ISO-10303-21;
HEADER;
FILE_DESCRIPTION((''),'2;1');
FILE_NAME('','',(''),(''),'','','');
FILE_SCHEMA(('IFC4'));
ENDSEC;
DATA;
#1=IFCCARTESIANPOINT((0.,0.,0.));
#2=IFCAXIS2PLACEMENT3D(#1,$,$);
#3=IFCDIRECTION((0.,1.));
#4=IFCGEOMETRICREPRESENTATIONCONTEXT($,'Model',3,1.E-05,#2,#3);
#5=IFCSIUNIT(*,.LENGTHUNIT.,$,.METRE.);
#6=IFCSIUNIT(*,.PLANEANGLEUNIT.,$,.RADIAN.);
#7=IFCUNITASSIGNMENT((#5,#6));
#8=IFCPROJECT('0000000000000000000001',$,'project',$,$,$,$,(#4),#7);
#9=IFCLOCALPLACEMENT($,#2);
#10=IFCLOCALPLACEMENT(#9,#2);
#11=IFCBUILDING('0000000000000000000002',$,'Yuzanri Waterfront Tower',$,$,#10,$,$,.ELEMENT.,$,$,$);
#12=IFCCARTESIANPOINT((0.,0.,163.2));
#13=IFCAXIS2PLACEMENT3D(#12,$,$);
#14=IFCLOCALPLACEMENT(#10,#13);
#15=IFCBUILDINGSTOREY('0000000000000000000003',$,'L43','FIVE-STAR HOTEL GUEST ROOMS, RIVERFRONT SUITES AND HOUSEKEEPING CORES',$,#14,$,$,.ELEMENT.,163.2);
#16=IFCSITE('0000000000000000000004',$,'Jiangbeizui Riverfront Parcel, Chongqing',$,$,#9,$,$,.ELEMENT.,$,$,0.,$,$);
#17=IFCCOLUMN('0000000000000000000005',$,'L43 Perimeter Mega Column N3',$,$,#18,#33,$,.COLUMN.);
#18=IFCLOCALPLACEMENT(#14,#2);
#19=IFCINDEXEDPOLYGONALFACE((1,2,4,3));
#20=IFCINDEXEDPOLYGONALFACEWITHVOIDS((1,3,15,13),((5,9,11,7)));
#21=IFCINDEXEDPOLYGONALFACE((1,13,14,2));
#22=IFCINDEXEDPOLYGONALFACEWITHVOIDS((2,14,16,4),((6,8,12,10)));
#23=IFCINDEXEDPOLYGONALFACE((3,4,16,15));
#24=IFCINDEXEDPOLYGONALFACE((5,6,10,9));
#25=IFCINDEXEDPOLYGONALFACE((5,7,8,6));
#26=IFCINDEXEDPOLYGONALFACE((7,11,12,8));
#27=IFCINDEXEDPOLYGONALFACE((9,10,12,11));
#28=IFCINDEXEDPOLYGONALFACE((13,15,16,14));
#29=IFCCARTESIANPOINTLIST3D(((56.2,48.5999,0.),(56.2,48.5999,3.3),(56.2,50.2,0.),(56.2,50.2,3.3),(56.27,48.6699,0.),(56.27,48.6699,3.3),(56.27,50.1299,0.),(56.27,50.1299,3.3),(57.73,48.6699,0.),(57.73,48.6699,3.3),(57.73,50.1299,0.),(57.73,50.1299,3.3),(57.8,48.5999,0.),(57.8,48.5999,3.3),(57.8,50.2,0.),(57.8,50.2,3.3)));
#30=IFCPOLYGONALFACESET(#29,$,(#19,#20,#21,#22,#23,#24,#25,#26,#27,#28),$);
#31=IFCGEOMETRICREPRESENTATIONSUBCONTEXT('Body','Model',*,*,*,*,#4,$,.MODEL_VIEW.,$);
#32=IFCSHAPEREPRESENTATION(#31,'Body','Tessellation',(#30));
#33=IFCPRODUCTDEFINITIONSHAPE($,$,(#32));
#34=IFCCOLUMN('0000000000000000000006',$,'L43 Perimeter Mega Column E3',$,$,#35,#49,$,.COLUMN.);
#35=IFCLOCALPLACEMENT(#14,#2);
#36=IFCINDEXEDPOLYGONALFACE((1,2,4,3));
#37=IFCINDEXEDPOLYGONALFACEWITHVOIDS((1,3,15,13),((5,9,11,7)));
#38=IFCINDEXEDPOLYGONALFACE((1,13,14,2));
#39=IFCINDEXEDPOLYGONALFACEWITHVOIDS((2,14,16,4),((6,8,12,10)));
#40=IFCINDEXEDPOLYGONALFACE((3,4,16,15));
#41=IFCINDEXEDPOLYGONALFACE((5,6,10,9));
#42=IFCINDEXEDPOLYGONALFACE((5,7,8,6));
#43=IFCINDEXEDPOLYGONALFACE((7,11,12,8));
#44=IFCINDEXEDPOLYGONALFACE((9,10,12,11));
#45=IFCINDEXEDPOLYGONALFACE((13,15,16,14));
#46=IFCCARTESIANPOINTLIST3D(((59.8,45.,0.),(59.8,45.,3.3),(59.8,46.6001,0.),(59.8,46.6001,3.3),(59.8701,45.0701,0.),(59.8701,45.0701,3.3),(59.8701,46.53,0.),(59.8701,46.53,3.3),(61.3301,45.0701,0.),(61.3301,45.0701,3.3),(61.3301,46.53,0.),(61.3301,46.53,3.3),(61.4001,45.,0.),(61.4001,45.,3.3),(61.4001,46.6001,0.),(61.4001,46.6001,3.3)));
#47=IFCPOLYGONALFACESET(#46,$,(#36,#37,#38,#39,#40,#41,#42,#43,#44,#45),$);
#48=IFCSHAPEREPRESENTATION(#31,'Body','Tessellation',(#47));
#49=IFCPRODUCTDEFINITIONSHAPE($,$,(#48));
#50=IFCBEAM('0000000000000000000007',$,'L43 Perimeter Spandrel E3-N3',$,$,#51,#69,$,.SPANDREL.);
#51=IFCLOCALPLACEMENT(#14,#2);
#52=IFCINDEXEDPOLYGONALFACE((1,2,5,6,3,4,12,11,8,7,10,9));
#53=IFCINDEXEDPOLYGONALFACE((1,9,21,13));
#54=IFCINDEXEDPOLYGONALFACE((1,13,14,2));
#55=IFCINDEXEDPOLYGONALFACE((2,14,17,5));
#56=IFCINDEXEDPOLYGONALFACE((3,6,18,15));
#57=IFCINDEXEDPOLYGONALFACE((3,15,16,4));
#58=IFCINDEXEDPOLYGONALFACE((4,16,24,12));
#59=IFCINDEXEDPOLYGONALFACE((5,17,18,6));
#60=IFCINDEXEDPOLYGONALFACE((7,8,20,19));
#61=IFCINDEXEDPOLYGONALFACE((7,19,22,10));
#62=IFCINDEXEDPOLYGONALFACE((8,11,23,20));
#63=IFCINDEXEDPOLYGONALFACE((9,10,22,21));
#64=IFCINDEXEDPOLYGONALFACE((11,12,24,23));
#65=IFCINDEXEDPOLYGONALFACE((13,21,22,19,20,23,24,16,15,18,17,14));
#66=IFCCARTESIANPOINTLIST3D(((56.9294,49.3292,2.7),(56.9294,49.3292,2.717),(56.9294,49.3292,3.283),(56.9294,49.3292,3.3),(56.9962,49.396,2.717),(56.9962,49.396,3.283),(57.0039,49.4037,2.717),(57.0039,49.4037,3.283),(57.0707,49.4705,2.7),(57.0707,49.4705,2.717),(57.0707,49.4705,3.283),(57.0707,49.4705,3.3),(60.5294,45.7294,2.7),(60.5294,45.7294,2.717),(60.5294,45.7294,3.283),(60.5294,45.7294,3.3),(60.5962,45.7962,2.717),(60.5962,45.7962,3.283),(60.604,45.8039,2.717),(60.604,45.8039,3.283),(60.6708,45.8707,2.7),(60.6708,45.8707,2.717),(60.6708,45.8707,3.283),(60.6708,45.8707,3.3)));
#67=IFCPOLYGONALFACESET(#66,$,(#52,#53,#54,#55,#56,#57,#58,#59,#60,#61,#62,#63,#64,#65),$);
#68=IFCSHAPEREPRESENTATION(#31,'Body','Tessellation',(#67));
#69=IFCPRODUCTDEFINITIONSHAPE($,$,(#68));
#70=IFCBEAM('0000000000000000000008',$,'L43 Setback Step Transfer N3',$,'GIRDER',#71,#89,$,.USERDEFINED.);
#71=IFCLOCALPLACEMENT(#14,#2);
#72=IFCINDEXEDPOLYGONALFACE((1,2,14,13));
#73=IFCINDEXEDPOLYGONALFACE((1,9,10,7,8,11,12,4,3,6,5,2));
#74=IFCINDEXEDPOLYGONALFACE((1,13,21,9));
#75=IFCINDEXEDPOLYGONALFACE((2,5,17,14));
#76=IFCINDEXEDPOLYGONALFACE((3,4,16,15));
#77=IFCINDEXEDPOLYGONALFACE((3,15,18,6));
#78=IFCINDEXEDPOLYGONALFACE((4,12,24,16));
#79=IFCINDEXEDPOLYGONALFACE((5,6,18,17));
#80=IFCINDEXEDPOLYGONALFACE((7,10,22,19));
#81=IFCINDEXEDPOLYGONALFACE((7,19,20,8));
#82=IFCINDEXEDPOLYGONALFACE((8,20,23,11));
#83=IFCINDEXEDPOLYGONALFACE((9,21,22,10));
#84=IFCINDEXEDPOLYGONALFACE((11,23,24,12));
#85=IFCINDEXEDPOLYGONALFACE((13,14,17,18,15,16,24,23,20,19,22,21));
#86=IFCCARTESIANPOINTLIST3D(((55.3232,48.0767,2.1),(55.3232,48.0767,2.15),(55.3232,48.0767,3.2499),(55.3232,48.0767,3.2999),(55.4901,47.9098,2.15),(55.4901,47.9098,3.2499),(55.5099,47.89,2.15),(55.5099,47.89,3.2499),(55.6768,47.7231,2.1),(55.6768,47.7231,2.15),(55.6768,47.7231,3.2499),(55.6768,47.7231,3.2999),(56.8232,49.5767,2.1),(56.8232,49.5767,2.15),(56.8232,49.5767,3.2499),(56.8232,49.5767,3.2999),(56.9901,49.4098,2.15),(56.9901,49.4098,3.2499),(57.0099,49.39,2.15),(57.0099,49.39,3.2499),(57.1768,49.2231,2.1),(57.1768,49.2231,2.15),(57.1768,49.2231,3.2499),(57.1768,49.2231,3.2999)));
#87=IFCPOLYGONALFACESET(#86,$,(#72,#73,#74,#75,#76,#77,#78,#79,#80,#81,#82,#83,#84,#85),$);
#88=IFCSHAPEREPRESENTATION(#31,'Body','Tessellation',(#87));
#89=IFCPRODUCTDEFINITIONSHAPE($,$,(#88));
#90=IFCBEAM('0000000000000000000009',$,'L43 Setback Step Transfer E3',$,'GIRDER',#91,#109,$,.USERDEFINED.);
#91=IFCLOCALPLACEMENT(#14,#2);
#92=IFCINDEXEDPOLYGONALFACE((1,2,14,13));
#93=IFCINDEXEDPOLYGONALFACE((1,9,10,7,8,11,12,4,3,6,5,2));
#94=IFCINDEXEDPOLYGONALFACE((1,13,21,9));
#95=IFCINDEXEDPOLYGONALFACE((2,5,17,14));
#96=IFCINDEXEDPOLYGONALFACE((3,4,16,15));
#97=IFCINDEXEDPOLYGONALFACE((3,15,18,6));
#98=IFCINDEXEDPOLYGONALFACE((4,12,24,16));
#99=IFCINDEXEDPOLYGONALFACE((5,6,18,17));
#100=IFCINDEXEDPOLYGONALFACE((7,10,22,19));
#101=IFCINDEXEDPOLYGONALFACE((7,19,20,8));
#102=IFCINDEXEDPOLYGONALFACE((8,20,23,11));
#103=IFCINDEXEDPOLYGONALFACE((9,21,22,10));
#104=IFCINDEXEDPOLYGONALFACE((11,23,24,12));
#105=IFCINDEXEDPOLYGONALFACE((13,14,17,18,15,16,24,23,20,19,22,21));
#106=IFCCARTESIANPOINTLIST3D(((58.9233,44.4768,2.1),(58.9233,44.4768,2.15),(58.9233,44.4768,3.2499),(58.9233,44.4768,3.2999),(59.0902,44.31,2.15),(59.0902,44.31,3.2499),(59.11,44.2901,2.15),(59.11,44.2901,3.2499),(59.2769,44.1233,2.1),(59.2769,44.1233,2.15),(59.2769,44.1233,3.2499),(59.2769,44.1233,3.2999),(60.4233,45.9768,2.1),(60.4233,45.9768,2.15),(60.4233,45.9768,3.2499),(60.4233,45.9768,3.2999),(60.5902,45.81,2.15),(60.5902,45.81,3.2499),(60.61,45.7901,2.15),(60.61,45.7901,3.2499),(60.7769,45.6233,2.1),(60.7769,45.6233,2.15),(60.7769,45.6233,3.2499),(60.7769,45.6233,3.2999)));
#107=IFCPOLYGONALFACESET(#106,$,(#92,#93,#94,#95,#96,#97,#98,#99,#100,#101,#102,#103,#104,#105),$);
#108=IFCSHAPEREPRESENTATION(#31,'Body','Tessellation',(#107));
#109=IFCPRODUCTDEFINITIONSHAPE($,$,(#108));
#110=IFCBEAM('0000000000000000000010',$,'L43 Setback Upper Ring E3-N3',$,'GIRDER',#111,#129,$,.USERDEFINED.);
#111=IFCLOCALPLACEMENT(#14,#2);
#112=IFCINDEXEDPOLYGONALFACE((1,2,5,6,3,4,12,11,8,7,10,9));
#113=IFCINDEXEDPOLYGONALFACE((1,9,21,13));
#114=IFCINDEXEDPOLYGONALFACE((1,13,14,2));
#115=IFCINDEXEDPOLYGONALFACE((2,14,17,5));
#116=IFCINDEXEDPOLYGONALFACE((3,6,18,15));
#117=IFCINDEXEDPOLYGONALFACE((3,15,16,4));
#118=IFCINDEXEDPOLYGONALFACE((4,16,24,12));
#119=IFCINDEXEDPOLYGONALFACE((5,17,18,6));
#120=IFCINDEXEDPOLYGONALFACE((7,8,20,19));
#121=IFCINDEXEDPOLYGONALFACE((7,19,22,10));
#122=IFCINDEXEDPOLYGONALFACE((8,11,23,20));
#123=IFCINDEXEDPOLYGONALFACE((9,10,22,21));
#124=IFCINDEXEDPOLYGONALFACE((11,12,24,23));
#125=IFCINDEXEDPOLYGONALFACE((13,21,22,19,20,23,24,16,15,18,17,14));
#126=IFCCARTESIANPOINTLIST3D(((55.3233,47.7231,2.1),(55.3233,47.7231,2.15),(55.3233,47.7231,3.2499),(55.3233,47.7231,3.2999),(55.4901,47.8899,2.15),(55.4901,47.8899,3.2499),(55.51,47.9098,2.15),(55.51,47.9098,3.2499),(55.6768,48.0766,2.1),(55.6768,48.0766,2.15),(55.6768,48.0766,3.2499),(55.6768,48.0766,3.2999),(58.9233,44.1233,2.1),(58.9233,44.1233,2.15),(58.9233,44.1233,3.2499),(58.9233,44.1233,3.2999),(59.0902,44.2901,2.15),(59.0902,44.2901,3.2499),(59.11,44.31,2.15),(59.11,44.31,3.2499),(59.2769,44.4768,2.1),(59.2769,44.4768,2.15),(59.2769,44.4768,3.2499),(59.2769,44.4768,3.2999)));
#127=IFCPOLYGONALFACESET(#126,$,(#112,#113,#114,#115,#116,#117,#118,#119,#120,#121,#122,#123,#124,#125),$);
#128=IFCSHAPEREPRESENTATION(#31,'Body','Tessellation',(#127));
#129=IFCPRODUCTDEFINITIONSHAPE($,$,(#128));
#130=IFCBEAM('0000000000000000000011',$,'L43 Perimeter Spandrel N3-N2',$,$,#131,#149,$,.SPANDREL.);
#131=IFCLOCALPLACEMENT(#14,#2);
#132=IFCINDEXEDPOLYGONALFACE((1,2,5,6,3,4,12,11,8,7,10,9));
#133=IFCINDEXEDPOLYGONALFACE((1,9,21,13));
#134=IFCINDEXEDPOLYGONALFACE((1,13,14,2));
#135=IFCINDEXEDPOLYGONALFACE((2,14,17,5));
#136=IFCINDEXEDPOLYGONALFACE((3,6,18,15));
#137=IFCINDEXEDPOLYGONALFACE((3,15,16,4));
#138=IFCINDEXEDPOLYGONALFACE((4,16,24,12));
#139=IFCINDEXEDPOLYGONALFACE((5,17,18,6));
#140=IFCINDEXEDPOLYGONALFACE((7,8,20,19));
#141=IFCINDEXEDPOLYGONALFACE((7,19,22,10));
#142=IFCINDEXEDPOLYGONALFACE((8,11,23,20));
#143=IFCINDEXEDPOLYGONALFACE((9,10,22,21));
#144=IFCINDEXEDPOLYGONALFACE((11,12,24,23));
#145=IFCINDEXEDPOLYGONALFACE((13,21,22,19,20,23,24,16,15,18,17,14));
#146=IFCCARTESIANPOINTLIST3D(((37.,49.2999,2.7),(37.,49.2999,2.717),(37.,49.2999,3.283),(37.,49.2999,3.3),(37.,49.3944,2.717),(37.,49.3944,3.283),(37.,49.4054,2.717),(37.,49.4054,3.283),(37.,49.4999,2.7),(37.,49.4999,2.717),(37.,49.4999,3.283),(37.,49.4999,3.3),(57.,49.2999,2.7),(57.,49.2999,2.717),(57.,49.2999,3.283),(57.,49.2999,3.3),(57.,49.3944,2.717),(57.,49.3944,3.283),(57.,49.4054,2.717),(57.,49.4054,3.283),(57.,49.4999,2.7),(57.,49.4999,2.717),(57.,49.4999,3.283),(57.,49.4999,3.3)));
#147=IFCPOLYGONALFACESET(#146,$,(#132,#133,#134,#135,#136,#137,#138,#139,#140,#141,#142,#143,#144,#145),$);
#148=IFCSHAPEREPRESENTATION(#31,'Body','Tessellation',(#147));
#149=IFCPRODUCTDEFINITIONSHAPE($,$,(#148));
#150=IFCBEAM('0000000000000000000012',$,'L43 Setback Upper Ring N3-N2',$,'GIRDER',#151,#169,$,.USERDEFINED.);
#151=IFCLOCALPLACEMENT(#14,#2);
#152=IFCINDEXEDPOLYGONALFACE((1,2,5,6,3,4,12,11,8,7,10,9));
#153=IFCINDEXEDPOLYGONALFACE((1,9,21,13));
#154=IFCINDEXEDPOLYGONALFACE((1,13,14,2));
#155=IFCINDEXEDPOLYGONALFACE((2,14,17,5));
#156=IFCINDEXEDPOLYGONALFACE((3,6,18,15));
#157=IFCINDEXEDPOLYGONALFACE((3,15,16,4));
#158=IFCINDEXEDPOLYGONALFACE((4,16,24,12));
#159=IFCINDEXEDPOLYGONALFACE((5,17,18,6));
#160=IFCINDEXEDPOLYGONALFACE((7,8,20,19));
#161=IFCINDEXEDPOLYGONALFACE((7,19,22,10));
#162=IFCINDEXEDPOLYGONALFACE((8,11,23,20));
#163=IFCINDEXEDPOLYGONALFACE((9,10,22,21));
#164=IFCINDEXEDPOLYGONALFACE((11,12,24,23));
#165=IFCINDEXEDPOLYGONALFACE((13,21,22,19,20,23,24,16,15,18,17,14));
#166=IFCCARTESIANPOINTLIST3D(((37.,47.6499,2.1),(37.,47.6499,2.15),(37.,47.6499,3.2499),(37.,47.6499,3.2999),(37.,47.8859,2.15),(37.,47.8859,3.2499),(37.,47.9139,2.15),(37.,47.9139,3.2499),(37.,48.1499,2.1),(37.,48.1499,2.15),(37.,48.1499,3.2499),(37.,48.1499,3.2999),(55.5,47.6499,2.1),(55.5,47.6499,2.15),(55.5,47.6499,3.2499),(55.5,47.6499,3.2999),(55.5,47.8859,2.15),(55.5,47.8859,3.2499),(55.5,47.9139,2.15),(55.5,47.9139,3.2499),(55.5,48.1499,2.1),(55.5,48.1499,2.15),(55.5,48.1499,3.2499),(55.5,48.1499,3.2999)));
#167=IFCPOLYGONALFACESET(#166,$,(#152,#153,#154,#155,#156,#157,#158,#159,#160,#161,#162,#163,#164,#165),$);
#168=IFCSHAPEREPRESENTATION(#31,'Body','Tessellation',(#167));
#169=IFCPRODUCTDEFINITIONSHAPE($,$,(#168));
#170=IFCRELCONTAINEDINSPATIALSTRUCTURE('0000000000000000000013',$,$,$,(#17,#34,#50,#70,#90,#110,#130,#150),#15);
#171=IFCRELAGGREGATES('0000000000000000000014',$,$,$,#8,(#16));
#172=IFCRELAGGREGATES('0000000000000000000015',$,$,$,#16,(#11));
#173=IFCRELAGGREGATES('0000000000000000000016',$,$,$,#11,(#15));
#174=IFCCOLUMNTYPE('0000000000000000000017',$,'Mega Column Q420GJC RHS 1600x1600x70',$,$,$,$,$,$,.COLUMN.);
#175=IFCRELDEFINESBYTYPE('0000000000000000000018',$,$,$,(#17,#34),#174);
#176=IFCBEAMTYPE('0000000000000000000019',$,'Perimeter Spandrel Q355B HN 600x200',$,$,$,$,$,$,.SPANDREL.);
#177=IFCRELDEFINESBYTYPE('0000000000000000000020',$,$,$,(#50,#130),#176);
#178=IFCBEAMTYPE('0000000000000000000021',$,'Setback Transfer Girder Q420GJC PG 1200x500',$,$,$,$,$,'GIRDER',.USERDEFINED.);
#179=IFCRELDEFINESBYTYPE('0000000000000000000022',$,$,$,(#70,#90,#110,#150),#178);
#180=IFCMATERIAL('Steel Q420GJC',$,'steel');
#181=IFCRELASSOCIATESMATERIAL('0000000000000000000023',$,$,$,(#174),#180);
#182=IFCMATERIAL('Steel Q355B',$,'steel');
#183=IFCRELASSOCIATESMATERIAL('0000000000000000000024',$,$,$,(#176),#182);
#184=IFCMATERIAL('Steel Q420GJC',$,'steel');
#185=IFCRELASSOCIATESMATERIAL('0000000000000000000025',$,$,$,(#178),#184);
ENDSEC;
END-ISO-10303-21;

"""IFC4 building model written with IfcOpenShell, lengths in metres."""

from ifc_helpers import new_model, si_unit, direction, frame, origin, origin_2d, place, context, subcontext, project, spatial, hollow_rectangle, i_section, extrude, source, transform, mapped, material, material_profile, profile_set, type_object, element, save


model = new_model("IFC4")

# Units and contexts
model_context = context("Model", 3, precision=1e-05, world=origin(), true_north=direction((0.0, 1.0)))
body_context = subcontext(model_context, "Body", "Model", "MODEL_VIEW")
ifc_project = project(units=[si_unit("LENGTHUNIT", "METRE"), si_unit("PLANEANGLEUNIT", "RADIAN")], contexts=[model_context])

# Site, building, storey
site_placement = place(None, origin())
site = spatial("IfcSite", under=ifc_project, at=site_placement, Name="Jiangbeizui Riverfront Parcel, Chongqing", CompositionType="ELEMENT", RefElevation=0.0)
building_placement = place(site_placement, origin())
building = spatial("IfcBuilding", under=site, at=building_placement, Name="Yuzanri Waterfront Tower", CompositionType="ELEMENT")
storey_placement = place(building_placement, frame((0.0, 0.0, 163.2)))
storey = spatial("IfcBuildingStorey", under=building, at=storey_placement, Name="L43", Description="FIVE-STAR HOTEL GUEST ROOMS, RIVERFRONT SUITES AND HOUSEKEEPING CORES", CompositionType="ELEMENT", Elevation=163.2)

# Columns
ifc_material_1 = material(Name="Steel Q420GJC", Category="steel")
ifc_material_profile_1 = material_profile(ifc_material_1, hollow_rectangle(XDim=1.6001, YDim=1.6001, WallThickness=0.0701, at=origin_2d()), Name="RHS 1600x1600x70")
ifc_profile_set_1 = profile_set([ifc_material_profile_1], Name="Steel Q420GJC")
column_type = type_object("IfcColumnType", Name="Mega Column Q420GJC RHS 1600x1600x70", PredefinedType="COLUMN", material=ifc_profile_set_1)
shared_shape_1 = source(origin(), body_context, "Body", "SweptSolid", [
    extrude(hollow_rectangle(XDim=1.6001, YDim=1.6001, WallThickness=0.0701, at=origin_2d()), origin(), (0.0, 0.0, 1.0), 3.3),
])
for number, where, z_axis, x_axis, name in (
    (1, (57.0, 49.3999, 0.0), (0.0, 0.0, 1.0), (1.0, 0.0, 0.0), "L43 Perimeter Mega Column N3"),
    (2, (60.6001, 45.8, 0.0), (0.0, 0.0, 1.0), (1.0, 0.0, 0.0), "L43 Perimeter Mega Column E3"),
):
    element("IfcColumn", number, at=place(storey_placement, frame(where, z_axis=z_axis, x_axis=x_axis)), inside=storey, type_object=column_type, Name=name, PredefinedType="COLUMN", context=body_context, shape_type="MappedRepresentation", body=[
        mapped(shared_shape_1, transform((0.0, 0.0, 0.0), scale=1.0)),
    ])

# Beams
ifc_material_2 = material(Name="Steel Q355B", Category="steel")
ifc_material_profile_2 = material_profile(ifc_material_2, i_section(OverallWidth=0.2, OverallDepth=0.6001, WebThickness=0.011, FlangeThickness=0.0171, at=origin_2d()), Name="HN 600x200x11x17")
ifc_profile_set_2 = profile_set([ifc_material_profile_2], Name="Steel Q355B")
beam_type_1 = type_object("IfcBeamType", Name="Perimeter Spandrel Q355B HN 600x200", PredefinedType="SPANDREL", material=ifc_profile_set_2)
shared_shape_2 = source(origin(), body_context, "Body", "SweptSolid", [
    extrude(i_section(OverallWidth=0.2, OverallDepth=0.6001, WebThickness=0.011, FlangeThickness=0.0171, at=origin_2d()), origin(), (0.0, 0.0, 1.0), 5.0911),
])
beam_1_placement = place(storey_placement, frame((60.6001, 45.8, 3.0), z_axis=(-0.707131, 0.707083, 0.0), x_axis=(-0.707083, -0.707131, 0.0)))
element("IfcBeam", 3, at=beam_1_placement, inside=storey, type_object=beam_type_1, Name="L43 Perimeter Spandrel E3-N3", PredefinedType="SPANDREL", context=body_context, shape_type="MappedRepresentation", body=[
    mapped(shared_shape_2, transform((0.0, 0.0, 0.0), scale=1.0)),
])
ifc_material_3 = material(Name="Steel Q420GJC", Category="steel")
ifc_material_profile_3 = material_profile(ifc_material_3, i_section(OverallWidth=0.5, OverallDepth=1.2, WebThickness=0.0281, FlangeThickness=0.05, at=origin_2d()), Name="PG 1200x500x28x50")
ifc_profile_set_3 = profile_set([ifc_material_profile_3], Name="Steel Q420GJC")
beam_type_2 = type_object("IfcBeamType", Name="Setback Transfer Girder Q420GJC PG 1200x500", ElementType="GIRDER", PredefinedType="USERDEFINED", material=ifc_profile_set_3)
shared_shape_3 = source(origin(), body_context, "Body", "SweptSolid", [
    extrude(i_section(OverallWidth=0.5, OverallDepth=1.2, WebThickness=0.0281, FlangeThickness=0.05, at=origin_2d()), origin(), (0.0, 0.0, 1.0), 2.1213),
])
for number, where, z_axis, x_axis, name in (
    (4, (55.5, 47.8999, 2.7), (0.707107, 0.707107, 0.0), (-0.707107, 0.707107, 0.0), "L43 Setback Step Transfer N3"),
    (5, (59.1001, 44.3, 2.7), (0.707107, 0.707107, 0.0), (-0.707107, 0.707107, 0.0), "L43 Setback Step Transfer E3"),
):
    element("IfcBeam", number, at=place(storey_placement, frame(where, z_axis=z_axis, x_axis=x_axis)), inside=storey, type_object=beam_type_2, Name=name, ObjectType="GIRDER", PredefinedType="USERDEFINED", context=body_context, shape_type="MappedRepresentation", body=[
        mapped(shared_shape_3, transform((0.0, 0.0, 0.0), scale=1.0)),
    ])
shared_shape_4 = source(origin(), body_context, "Body", "SweptSolid", [
    extrude(i_section(OverallWidth=0.5, OverallDepth=1.2, WebThickness=0.0281, FlangeThickness=0.05, at=origin_2d()), origin(), (0.0, 0.0, 1.0), 5.0911),
])
beam_2_placement = place(storey_placement, frame((59.1001, 44.3, 2.7), z_axis=(-0.707131, 0.707083, 0.0), x_axis=(-0.707083, -0.707131, 0.0)))
element("IfcBeam", 6, at=beam_2_placement, inside=storey, type_object=beam_type_2, Name="L43 Setback Upper Ring E3-N3", ObjectType="GIRDER", PredefinedType="USERDEFINED", context=body_context, shape_type="MappedRepresentation", body=[
    mapped(shared_shape_4, transform((0.0, 0.0, 0.0), scale=1.0)),
])
shared_shape_5 = source(origin(), body_context, "Body", "SweptSolid", [
    extrude(i_section(OverallWidth=0.2, OverallDepth=0.6001, WebThickness=0.011, FlangeThickness=0.0171, at=origin_2d()), origin(), (0.0, 0.0, 1.0), 20.0),
])
beam_3_placement = place(storey_placement, frame((57.0, 49.3999, 3.0), z_axis=(-1.0, 0.0, 0.0), x_axis=(0.0, -1.0, 0.0)))
element("IfcBeam", 7, at=beam_3_placement, inside=storey, type_object=beam_type_1, Name="L43 Perimeter Spandrel N3-N2", PredefinedType="SPANDREL", context=body_context, shape_type="MappedRepresentation", body=[
    mapped(shared_shape_5, transform((0.0, 0.0, 0.0), scale=1.0)),
])
shared_shape_6 = source(origin(), body_context, "Body", "SweptSolid", [
    extrude(i_section(OverallWidth=0.5, OverallDepth=1.2, WebThickness=0.0281, FlangeThickness=0.05, at=origin_2d()), origin(), (0.0, 0.0, 1.0), 18.5),
])
beam_4_placement = place(storey_placement, frame((55.5, 47.8999, 2.7), z_axis=(-1.0, 0.0, 0.0), x_axis=(0.0, -1.0, 0.0)))
element("IfcBeam", 8, at=beam_4_placement, inside=storey, type_object=beam_type_2, Name="L43 Setback Upper Ring N3-N2", ObjectType="GIRDER", PredefinedType="USERDEFINED", context=body_context, shape_type="MappedRepresentation", body=[
    mapped(shared_shape_6, transform((0.0, 0.0, 0.0), scale=1.0)),
])

save(model, "model.ifc")
